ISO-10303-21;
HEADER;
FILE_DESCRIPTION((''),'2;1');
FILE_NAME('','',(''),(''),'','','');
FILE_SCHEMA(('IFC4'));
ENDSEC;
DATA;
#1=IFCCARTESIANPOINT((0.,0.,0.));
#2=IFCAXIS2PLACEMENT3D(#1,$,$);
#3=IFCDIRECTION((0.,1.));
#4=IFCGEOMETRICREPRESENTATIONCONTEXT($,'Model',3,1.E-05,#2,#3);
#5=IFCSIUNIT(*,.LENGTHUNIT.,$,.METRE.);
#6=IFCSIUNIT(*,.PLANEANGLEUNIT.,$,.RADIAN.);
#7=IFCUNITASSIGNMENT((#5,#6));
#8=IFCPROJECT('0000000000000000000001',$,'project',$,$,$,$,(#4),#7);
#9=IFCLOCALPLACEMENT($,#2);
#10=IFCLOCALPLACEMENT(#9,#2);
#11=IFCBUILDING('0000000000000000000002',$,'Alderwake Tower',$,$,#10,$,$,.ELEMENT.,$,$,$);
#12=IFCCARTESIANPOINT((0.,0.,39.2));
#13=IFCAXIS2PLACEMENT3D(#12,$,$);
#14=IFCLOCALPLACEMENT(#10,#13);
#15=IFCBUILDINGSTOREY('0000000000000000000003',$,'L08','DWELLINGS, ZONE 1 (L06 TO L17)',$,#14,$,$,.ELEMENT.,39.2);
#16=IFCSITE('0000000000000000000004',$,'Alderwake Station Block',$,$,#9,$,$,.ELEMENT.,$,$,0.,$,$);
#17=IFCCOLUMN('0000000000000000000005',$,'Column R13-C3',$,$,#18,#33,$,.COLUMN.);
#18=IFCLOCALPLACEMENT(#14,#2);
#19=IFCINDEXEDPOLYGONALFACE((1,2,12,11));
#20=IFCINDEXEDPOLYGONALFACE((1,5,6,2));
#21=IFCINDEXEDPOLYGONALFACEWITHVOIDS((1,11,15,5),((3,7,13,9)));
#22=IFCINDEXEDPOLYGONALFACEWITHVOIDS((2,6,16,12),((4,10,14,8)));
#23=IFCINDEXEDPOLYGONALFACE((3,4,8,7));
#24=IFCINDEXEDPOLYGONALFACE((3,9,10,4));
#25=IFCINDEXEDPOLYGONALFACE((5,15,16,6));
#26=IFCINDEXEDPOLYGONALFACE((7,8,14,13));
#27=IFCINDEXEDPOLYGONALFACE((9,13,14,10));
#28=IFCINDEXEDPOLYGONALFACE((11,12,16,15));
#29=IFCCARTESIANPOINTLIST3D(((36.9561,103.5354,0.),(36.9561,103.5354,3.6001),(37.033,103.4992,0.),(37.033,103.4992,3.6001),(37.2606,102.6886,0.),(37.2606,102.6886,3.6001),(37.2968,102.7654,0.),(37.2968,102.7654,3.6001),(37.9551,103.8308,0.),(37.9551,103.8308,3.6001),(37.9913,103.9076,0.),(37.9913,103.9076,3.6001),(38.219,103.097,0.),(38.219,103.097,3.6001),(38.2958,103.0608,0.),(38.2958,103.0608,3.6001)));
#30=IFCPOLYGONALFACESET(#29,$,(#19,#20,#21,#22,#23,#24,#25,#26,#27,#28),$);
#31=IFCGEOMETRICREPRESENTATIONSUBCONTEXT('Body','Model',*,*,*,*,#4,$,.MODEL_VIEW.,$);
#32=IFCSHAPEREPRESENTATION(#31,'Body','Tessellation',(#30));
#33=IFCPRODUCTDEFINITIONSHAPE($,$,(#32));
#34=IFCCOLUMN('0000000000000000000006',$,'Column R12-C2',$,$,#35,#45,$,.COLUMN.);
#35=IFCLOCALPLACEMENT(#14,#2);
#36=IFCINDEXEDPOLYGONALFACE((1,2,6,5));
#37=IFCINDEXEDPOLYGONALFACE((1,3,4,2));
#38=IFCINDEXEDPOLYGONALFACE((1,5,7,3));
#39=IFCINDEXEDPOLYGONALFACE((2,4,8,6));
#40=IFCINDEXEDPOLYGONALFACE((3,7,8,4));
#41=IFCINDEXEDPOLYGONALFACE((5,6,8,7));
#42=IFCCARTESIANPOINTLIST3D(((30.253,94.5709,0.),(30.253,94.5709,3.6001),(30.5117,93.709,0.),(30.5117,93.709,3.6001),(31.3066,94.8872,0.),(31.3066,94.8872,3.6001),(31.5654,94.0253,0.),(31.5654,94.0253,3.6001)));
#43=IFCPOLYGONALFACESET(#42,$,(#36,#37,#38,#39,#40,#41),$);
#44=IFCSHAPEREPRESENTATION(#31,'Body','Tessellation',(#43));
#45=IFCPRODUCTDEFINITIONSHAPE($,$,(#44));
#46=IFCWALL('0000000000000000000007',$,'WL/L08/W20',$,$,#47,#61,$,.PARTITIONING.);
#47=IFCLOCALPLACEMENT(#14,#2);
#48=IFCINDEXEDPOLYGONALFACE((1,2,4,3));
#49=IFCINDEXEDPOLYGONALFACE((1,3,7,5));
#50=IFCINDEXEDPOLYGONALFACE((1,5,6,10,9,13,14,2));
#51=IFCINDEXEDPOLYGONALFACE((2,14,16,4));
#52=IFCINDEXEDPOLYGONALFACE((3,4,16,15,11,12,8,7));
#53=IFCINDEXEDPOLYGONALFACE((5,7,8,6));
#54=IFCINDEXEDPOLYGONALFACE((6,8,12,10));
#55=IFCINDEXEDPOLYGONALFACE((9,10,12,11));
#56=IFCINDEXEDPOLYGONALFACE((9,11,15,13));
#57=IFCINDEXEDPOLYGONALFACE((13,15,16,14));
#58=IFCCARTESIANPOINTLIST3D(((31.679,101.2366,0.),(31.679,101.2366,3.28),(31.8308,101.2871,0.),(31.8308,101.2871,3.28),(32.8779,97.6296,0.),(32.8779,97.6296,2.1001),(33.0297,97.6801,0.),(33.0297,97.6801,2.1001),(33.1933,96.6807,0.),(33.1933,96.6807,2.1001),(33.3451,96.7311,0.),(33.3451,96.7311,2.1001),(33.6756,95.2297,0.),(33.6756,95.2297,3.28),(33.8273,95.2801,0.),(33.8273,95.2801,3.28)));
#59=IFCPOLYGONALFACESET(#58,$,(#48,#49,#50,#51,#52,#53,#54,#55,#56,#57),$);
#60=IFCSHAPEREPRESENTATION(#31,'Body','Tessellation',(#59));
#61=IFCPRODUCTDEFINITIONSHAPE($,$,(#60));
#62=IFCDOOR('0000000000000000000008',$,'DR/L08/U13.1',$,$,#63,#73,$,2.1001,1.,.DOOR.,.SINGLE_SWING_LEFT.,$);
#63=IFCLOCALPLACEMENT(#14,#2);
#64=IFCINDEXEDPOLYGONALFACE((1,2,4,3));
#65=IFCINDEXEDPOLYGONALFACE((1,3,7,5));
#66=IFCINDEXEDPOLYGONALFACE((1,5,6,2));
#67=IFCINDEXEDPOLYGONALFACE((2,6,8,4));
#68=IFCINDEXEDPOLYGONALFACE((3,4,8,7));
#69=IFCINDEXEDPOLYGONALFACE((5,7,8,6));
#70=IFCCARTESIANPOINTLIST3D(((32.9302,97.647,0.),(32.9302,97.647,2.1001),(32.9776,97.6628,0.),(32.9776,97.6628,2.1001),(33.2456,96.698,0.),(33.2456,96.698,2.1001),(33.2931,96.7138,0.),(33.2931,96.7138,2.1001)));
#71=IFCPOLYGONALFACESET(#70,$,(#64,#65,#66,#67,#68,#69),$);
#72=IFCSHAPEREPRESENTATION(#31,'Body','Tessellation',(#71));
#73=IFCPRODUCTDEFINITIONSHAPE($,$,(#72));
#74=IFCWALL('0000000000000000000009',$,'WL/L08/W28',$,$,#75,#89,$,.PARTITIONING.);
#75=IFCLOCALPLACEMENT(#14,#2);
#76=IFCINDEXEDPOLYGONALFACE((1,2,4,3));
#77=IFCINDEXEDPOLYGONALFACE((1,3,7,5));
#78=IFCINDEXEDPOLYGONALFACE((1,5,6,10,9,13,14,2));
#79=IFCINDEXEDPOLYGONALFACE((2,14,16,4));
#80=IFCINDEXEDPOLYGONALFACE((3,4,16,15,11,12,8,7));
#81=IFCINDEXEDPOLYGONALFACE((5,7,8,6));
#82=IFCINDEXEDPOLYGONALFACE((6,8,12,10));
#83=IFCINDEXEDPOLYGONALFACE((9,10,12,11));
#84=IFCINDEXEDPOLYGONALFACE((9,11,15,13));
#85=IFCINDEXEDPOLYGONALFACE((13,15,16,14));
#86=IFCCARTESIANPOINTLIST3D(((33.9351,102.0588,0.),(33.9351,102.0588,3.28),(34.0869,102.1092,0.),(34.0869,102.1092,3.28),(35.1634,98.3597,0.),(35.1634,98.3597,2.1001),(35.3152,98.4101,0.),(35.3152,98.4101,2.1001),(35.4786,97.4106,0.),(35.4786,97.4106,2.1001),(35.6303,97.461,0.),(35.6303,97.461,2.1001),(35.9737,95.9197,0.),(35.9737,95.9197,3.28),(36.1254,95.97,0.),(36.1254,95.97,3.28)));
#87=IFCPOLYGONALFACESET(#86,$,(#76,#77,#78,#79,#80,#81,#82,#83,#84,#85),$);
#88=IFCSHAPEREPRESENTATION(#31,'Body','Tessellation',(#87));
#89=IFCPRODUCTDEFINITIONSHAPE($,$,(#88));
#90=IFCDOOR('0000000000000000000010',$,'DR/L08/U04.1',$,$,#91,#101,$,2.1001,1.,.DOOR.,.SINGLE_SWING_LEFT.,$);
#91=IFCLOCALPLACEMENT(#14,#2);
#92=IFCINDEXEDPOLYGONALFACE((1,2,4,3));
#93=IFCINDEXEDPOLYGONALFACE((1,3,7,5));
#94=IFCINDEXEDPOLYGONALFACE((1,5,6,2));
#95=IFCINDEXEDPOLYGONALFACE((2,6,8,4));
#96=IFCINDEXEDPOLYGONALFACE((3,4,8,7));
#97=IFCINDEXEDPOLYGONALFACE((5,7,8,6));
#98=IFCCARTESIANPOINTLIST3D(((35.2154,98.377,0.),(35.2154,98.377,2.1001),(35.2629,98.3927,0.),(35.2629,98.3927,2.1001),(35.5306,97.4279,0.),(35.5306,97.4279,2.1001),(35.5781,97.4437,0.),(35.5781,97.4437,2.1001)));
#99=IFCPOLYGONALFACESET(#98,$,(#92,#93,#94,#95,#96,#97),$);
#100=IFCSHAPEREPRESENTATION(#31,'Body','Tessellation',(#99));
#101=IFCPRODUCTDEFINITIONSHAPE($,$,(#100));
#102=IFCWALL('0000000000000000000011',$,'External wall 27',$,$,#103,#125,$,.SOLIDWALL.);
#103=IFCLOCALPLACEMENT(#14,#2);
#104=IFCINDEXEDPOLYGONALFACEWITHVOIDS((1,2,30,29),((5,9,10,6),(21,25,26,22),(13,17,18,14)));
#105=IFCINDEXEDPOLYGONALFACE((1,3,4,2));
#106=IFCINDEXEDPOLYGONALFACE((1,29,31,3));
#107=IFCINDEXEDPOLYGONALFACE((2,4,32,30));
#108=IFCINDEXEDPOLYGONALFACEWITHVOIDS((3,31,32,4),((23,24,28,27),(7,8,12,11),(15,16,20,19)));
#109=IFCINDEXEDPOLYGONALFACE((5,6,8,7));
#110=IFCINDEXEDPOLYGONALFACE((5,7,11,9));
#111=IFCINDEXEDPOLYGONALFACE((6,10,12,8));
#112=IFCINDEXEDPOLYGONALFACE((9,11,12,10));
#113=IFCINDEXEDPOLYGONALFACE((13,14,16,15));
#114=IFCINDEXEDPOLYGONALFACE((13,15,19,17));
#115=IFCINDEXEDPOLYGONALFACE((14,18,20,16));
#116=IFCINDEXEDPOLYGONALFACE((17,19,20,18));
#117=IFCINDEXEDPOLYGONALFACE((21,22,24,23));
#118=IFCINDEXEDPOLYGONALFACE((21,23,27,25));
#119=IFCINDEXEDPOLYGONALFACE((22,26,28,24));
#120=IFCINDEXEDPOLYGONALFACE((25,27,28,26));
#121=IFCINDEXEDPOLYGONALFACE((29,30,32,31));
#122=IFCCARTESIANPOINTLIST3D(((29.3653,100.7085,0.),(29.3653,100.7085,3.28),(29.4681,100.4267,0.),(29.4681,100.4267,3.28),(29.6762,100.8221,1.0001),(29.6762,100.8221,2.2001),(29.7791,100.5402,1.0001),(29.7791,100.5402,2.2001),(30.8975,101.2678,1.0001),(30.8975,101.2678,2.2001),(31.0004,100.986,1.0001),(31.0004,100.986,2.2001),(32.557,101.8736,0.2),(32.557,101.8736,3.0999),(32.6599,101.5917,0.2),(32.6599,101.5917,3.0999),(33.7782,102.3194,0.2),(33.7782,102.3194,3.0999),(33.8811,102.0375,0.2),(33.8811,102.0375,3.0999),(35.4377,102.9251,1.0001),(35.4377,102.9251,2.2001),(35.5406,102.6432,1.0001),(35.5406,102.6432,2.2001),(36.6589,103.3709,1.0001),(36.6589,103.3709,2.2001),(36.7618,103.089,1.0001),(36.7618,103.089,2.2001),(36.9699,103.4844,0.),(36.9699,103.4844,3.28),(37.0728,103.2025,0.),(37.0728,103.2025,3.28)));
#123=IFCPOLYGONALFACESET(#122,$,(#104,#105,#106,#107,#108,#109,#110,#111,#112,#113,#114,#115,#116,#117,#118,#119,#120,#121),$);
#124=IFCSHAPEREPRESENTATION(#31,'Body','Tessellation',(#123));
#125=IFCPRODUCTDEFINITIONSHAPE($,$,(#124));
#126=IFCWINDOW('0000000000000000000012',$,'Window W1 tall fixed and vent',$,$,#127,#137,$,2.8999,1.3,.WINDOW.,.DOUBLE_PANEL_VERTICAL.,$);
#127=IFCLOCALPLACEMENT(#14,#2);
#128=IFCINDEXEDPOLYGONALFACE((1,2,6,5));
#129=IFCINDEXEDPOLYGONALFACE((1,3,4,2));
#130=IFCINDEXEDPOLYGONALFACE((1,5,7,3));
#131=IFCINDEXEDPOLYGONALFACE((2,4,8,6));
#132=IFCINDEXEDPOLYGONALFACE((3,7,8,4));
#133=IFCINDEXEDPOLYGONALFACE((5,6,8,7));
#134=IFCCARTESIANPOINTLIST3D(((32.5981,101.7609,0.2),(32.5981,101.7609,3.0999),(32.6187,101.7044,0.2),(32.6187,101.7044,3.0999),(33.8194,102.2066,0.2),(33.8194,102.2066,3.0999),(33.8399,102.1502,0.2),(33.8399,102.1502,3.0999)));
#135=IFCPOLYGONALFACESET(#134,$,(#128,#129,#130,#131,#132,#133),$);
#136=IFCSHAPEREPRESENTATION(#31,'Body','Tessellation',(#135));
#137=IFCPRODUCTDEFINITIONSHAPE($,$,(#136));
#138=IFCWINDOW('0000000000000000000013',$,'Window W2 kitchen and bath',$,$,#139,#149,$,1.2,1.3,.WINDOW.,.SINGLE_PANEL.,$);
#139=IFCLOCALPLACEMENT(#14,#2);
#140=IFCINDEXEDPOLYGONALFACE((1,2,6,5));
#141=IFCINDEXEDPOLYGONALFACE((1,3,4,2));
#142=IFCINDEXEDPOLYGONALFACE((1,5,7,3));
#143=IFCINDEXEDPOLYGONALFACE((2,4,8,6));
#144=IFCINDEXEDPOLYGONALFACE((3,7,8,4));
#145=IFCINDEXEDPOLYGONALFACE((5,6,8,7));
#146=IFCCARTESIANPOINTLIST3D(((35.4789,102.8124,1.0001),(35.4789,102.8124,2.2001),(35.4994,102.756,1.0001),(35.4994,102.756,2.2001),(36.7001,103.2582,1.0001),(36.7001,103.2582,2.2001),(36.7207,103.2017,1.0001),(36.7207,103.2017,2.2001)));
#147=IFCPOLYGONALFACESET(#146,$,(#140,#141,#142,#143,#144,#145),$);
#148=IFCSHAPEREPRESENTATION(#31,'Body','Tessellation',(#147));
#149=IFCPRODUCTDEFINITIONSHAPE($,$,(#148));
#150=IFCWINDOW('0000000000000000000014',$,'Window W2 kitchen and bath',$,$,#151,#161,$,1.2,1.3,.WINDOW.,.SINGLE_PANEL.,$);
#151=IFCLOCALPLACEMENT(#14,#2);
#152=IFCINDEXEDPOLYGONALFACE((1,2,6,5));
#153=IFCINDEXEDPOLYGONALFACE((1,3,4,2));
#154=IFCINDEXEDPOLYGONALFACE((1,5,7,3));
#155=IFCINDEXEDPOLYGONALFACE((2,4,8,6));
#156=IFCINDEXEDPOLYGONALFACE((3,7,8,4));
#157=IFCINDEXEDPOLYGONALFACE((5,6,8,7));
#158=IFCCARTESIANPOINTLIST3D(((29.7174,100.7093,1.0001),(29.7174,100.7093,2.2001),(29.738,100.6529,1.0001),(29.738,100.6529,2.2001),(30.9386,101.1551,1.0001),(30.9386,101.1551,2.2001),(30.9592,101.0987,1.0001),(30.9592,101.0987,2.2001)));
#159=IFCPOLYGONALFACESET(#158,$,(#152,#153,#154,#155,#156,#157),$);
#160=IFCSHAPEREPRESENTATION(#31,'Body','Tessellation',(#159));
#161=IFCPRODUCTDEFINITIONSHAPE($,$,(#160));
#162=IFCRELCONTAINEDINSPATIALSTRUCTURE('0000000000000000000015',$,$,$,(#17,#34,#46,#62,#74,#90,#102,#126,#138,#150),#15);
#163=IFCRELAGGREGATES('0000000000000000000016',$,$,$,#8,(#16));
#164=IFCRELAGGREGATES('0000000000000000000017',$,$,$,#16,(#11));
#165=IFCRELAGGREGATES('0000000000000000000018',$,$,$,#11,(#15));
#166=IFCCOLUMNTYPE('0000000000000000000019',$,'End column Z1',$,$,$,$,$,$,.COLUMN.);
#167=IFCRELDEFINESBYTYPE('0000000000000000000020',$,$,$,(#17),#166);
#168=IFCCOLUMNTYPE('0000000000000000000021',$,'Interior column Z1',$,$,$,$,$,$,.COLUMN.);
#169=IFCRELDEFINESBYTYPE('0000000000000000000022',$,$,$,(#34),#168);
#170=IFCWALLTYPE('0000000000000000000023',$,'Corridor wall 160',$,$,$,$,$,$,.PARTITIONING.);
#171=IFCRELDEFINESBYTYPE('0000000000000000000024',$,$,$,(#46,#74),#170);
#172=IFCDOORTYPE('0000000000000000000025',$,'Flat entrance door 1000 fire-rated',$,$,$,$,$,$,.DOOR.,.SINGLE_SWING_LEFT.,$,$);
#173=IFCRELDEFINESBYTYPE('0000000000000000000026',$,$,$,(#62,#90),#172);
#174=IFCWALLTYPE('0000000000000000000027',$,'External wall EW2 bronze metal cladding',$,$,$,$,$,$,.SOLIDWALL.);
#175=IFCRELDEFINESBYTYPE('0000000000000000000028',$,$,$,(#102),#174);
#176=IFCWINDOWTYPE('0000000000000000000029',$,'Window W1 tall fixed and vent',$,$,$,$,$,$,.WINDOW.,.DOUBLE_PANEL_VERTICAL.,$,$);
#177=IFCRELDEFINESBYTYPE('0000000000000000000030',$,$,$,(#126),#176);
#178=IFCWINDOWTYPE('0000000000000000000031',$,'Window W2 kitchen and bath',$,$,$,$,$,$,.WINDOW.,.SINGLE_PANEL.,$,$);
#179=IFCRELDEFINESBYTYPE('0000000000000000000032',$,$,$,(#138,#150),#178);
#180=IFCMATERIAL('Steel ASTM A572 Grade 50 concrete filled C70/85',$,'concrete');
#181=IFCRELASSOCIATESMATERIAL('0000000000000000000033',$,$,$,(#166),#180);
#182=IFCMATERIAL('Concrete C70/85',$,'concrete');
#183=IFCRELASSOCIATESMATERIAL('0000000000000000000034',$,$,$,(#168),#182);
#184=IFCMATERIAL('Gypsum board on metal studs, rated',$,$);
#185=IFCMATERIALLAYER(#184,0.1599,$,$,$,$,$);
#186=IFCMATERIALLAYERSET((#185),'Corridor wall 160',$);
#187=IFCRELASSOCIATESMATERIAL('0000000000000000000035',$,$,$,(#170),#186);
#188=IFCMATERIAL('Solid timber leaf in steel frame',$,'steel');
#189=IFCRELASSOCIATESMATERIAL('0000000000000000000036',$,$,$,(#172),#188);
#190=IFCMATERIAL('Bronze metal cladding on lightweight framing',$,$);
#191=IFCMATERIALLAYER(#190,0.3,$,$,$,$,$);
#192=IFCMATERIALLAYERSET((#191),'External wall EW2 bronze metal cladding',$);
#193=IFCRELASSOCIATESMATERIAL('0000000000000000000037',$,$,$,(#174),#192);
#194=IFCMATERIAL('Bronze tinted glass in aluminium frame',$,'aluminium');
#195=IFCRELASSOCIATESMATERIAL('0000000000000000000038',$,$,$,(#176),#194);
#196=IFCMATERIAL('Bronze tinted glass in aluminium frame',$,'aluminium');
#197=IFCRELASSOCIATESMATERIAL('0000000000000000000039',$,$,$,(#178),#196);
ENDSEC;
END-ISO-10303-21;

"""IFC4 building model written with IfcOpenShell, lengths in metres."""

from ifc_helpers import new_model, si_unit, direction, frame, frame_2d, origin, origin_2d, place, context, subcontext, project, spatial, rectangle, hollow_rectangle, extrude, material, layer, layer_set, material_profile, profile_set, type_object, element, fill, save


model = new_model("IFC4")

# Units and contexts
model_context = context("Model", 3, precision=1e-05, world=origin(), true_north=direction((0.0, 1.0)))
body_context = subcontext(model_context, "Body", "Model", "MODEL_VIEW")
ifc_project = project(units=[si_unit("LENGTHUNIT", "METRE"), si_unit("PLANEANGLEUNIT", "RADIAN")], contexts=[model_context])

# Site, building, storey
site_placement = place(None, origin())
site = spatial("IfcSite", under=ifc_project, at=site_placement, Name="Alderwake Station Block", CompositionType="ELEMENT", RefElevation=0.0)
building_placement = place(site_placement, origin())
building = spatial("IfcBuilding", under=site, at=building_placement, Name="Alderwake Tower", CompositionType="ELEMENT")
storey_placement = place(building_placement, frame((0.0, 0.0, 39.2)))
storey = spatial("IfcBuildingStorey", under=building, at=storey_placement, Name="L08", Description="DWELLINGS, ZONE 1 (L06 TO L17)", CompositionType="ELEMENT", Elevation=39.2)

# Columns
ifc_material_1 = material(Name="Steel ASTM A572 Grade 50 concrete filled C70/85", Category="concrete")
ifc_material_profile_1 = material_profile(ifc_material_1, hollow_rectangle(XDim=0.8999, YDim=1.1001, WallThickness=0.0601, at=origin_2d()), Name="BOX 1100X900X60")
ifc_profile_set_1 = profile_set([ifc_material_profile_1], Name="Steel ASTM A572 Grade 50 concrete filled C70/85")
column_type_1 = type_object("IfcColumnType", Name="End column Z1", PredefinedType="COLUMN", material=ifc_profile_set_1)
column_1_placement = place(storey_placement, frame((37.626, 103.2981, 0.0), z_axis=(0.0, 0.0, 1.0), x_axis=(-0.338385, 0.941008, 0.0)))
element("IfcColumn", 1, at=column_1_placement, inside=storey, type_object=column_type_1, Name="Column R13-C3", PredefinedType="COLUMN", context=body_context, shape_type="SweptSolid", body=[
    extrude(hollow_rectangle(XDim=0.8999, YDim=1.1001, WallThickness=0.0601, at=origin_2d()), origin(), (0.0, 0.0, 1.0), 3.6001),
])
ifc_material_2 = material(Name="Concrete C70/85", Category="concrete")
ifc_material_profile_2 = material_profile(ifc_material_2, rectangle(XDim=0.8999, YDim=1.1001, at=origin_2d()), Name="RC 1100X900")
ifc_profile_set_2 = profile_set([ifc_material_profile_2], Name="Concrete C70/85")
column_type_2 = type_object("IfcColumnType", Name="Interior column Z1", PredefinedType="COLUMN", material=ifc_profile_set_2)
column_2_placement = place(storey_placement, frame((30.9092, 94.2981, 0.0), z_axis=(0.0, 0.0, 1.0), x_axis=(-0.287549, 0.957766, 0.0)))
element("IfcColumn", 2, at=column_2_placement, inside=storey, type_object=column_type_2, Name="Column R12-C2", PredefinedType="COLUMN", context=body_context, shape_type="SweptSolid", body=[
    extrude(rectangle(XDim=0.8999, YDim=1.1001, at=origin_2d()), origin(), (0.0, 0.0, 1.0), 3.6001),
])

# Walls, openings, doors
ifc_material_3 = material(Name="Gypsum board on metal studs, rated")
ifc_layer_1 = layer(ifc_material_3, 0.1599)
ifc_layer_set_1 = layer_set([ifc_layer_1], Name="Corridor wall 160")
wall_type_1 = type_object("IfcWallType", Name="Corridor wall 160", PredefinedType="PARTITIONING", material=ifc_layer_set_1)
wall_1_placement = place(storey_placement, frame((33.7515, 95.2549, 0.0), z_axis=(0.0, 0.0, 1.0), x_axis=(-0.315406, 0.948957, 0.0)))
wall_1 = element("IfcWall", 3, at=wall_1_placement, inside=storey, type_object=wall_type_1, Name="WL/L08/W20", PredefinedType="PARTITIONING", context=body_context, shape_type="SweptSolid", body=[
    extrude(rectangle(XDim=6.3301, YDim=0.1599, at=frame_2d((3.165, 0.0))), origin(), (0.0, 0.0, 1.0), 3.28),
])
opening_1_placement = place(wall_1_placement, frame((1.5291, 0.0, 0.0)))
opening_1 = element("IfcOpeningElement", 4, at=opening_1_placement, cuts=wall_1, PredefinedType="OPENING", context=body_context, shape_type="SweptSolid", body=[
    extrude(rectangle(XDim=1.0, YDim=2.1001, at=frame_2d((0.5, 1.05))), frame((0.0, 0.0898, 0.0), z_axis=(0.0, -1.0, 0.0), x_axis=(1.0, 0.0, 0.0)), (0.0, 0.0, 1.0), 0.1799),
])
ifc_material_4 = material(Name="Solid timber leaf in steel frame", Category="steel")
door_type_1 = type_object("IfcDoorType", Name="Flat entrance door 1000 fire-rated", OperationType="SINGLE_SWING_LEFT", PredefinedType="DOOR", material=ifc_material_4)
door_1_placement = place(opening_1_placement, origin())
door_1 = element("IfcDoor", 5, at=door_1_placement, inside=storey, type_object=door_type_1, Name="DR/L08/U13.1", OperationType="SINGLE_SWING_LEFT", OverallHeight=2.1001, OverallWidth=1.0, PredefinedType="DOOR", context=body_context, shape_type="SweptSolid", body=[
    extrude(rectangle(XDim=1.0, YDim=2.1001, at=frame_2d((0.5, 1.05))), frame((0.0, 0.0249, 0.0), z_axis=(0.0, -1.0, 0.0), x_axis=(1.0, 0.0, 0.0)), (0.0, 0.0, 1.0), 0.05),
])
fill(opening_1, door_1)
wall_2_placement = place(storey_placement, frame((34.011, 102.084, 0.0), z_axis=(0.0, 0.0, 1.0), x_axis=(0.315141, -0.949045, 0.0)))
wall_2 = element("IfcWall", 6, at=wall_2_placement, inside=storey, type_object=wall_type_1, Name="WL/L08/W28", PredefinedType="PARTITIONING", context=body_context, shape_type="SweptSolid", body=[
    extrude(rectangle(XDim=6.4688, YDim=0.1599, at=frame_2d((3.2344, 0.0))), origin(), (0.0, 0.0, 1.0), 3.28),
])
opening_2_placement = place(wall_2_placement, frame((3.8977, 0.0, 0.0)))
opening_2 = element("IfcOpeningElement", 7, at=opening_2_placement, cuts=wall_2, PredefinedType="OPENING", context=body_context, shape_type="SweptSolid", body=[
    extrude(rectangle(XDim=1.0, YDim=2.1001, at=frame_2d((0.5, 1.05))), frame((0.0, 0.0898, 0.0), z_axis=(0.0, -1.0, 0.0), x_axis=(1.0, 0.0, 0.0)), (0.0, 0.0, 1.0), 0.1799),
])
door_2_placement = place(opening_2_placement, origin())
door_2 = element("IfcDoor", 8, at=door_2_placement, inside=storey, type_object=door_type_1, Name="DR/L08/U04.1", OperationType="SINGLE_SWING_LEFT", OverallHeight=2.1001, OverallWidth=1.0, PredefinedType="DOOR", context=body_context, shape_type="SweptSolid", body=[
    extrude(rectangle(XDim=1.0, YDim=2.1001, at=frame_2d((0.5, 1.05))), frame((0.0, 0.0249, 0.0), z_axis=(0.0, -1.0, 0.0), x_axis=(1.0, 0.0, 0.0)), (0.0, 0.0, 1.0), 0.05),
])
fill(opening_2, door_2)

# Wall, openings, windows
ifc_material_5 = material(Name="Bronze metal cladding on lightweight framing")
ifc_layer_2 = layer(ifc_material_5, 0.3)
ifc_layer_set_2 = layer_set([ifc_layer_2], Name="External wall EW2 bronze metal cladding")
wall_type_2 = type_object("IfcWallType", Name="External wall EW2 bronze metal cladding", PredefinedType="SOLIDWALL", material=ifc_layer_set_2)
wall_3_placement = place(storey_placement, frame((37.0215, 103.3435, 0.0), z_axis=(0.0, 0.0, 1.0), x_axis=(-0.939375, -0.342891, 0.0)))
wall_3 = element("IfcWall", 9, at=wall_3_placement, inside=storey, type_object=wall_type_2, Name="External wall 27", PredefinedType="SOLIDWALL", context=body_context, shape_type="SweptSolid", body=[
    extrude(rectangle(XDim=8.0955, YDim=0.3, at=frame_2d((4.0479, 0.0))), origin(), (0.0, 0.0, 1.0), 3.28),
])
opening_3_placement = place(wall_3_placement, frame((0.3313, 0.0, 1.0)))
opening_3 = element("IfcOpeningElement", 10, at=opening_3_placement, cuts=wall_3, PredefinedType="OPENING", context=body_context, shape_type="SweptSolid", body=[
    extrude(rectangle(XDim=1.3, YDim=1.2, at=frame_2d((0.6499, 0.6001))), frame((0.0, 0.1599, 0.0), z_axis=(0.0, -1.0, 0.0), x_axis=(1.0, 0.0, 0.0)), (0.0, 0.0, 1.0), 0.3201),
])
opening_4_placement = place(wall_3_placement, frame((3.3979, 0.0, 0.2)))
opening_4 = element("IfcOpeningElement", 11, at=opening_4_placement, cuts=wall_3, PredefinedType="OPENING", context=body_context, shape_type="SweptSolid", body=[
    extrude(rectangle(XDim=1.3, YDim=2.8999, at=frame_2d((0.6499, 1.45))), frame((0.0, 0.1599, 0.0), z_axis=(0.0, -1.0, 0.0), x_axis=(1.0, 0.0, 0.0)), (0.0, 0.0, 1.0), 0.3201),
])
opening_5_placement = place(wall_3_placement, frame((6.4646, 0.0, 1.0)))
opening_5 = element("IfcOpeningElement", 12, at=opening_5_placement, cuts=wall_3, PredefinedType="OPENING", context=body_context, shape_type="SweptSolid", body=[
    extrude(rectangle(XDim=1.3, YDim=1.2, at=frame_2d((0.6499, 0.6001))), frame((0.0, 0.1599, 0.0), z_axis=(0.0, -1.0, 0.0), x_axis=(1.0, 0.0, 0.0)), (0.0, 0.0, 1.0), 0.3201),
])
ifc_material_6 = material(Name="Bronze tinted glass in aluminium frame", Category="aluminium")
window_type_1 = type_object("IfcWindowType", Name="Window W1 tall fixed and vent", PartitioningType="DOUBLE_PANEL_VERTICAL", PredefinedType="WINDOW", material=ifc_material_6)
window_1_placement = place(opening_4_placement, origin())
window_1 = element("IfcWindow", 13, at=window_1_placement, inside=storey, type_object=window_type_1, Name="Window W1 tall fixed and vent", OverallHeight=2.8999, OverallWidth=1.3, PartitioningType="DOUBLE_PANEL_VERTICAL", PredefinedType="WINDOW", context=body_context, shape_type="SweptSolid", body=[
    extrude(rectangle(XDim=1.3, YDim=2.8999, at=frame_2d((0.6499, 1.45))), frame((0.0, 0.03, 0.0), z_axis=(0.0, -1.0, 0.0), x_axis=(1.0, 0.0, 0.0)), (0.0, 0.0, 1.0), 0.0601),
])
fill(opening_4, window_1)
ifc_material_7 = material(Name="Bronze tinted glass in aluminium frame", Category="aluminium")
window_type_2 = type_object("IfcWindowType", Name="Window W2 kitchen and bath", PartitioningType="SINGLE_PANEL", PredefinedType="WINDOW", material=ifc_material_7)
window_2_placement = place(opening_3_placement, origin())
window_2 = element("IfcWindow", 14, at=window_2_placement, inside=storey, type_object=window_type_2, Name="Window W2 kitchen and bath", OverallHeight=1.2, OverallWidth=1.3, PartitioningType="SINGLE_PANEL", PredefinedType="WINDOW", context=body_context, shape_type="SweptSolid", body=[
    extrude(rectangle(XDim=1.3, YDim=1.2, at=frame_2d((0.6499, 0.6001))), frame((0.0, 0.03, 0.0), z_axis=(0.0, -1.0, 0.0), x_axis=(1.0, 0.0, 0.0)), (0.0, 0.0, 1.0), 0.0601),
])
fill(opening_3, window_2)
window_3_placement = place(opening_5_placement, origin())
window_3 = element("IfcWindow", 15, at=window_3_placement, inside=storey, type_object=window_type_2, Name="Window W2 kitchen and bath", OverallHeight=1.2, OverallWidth=1.3, PartitioningType="SINGLE_PANEL", PredefinedType="WINDOW", context=body_context, shape_type="SweptSolid", body=[
    extrude(rectangle(XDim=1.3, YDim=1.2, at=frame_2d((0.6499, 0.6001))), frame((0.0, 0.03, 0.0), z_axis=(0.0, -1.0, 0.0), x_axis=(1.0, 0.0, 0.0)), (0.0, 0.0, 1.0), 0.0601),
])
fill(opening_5, window_3)

save(model, "model.ifc")
